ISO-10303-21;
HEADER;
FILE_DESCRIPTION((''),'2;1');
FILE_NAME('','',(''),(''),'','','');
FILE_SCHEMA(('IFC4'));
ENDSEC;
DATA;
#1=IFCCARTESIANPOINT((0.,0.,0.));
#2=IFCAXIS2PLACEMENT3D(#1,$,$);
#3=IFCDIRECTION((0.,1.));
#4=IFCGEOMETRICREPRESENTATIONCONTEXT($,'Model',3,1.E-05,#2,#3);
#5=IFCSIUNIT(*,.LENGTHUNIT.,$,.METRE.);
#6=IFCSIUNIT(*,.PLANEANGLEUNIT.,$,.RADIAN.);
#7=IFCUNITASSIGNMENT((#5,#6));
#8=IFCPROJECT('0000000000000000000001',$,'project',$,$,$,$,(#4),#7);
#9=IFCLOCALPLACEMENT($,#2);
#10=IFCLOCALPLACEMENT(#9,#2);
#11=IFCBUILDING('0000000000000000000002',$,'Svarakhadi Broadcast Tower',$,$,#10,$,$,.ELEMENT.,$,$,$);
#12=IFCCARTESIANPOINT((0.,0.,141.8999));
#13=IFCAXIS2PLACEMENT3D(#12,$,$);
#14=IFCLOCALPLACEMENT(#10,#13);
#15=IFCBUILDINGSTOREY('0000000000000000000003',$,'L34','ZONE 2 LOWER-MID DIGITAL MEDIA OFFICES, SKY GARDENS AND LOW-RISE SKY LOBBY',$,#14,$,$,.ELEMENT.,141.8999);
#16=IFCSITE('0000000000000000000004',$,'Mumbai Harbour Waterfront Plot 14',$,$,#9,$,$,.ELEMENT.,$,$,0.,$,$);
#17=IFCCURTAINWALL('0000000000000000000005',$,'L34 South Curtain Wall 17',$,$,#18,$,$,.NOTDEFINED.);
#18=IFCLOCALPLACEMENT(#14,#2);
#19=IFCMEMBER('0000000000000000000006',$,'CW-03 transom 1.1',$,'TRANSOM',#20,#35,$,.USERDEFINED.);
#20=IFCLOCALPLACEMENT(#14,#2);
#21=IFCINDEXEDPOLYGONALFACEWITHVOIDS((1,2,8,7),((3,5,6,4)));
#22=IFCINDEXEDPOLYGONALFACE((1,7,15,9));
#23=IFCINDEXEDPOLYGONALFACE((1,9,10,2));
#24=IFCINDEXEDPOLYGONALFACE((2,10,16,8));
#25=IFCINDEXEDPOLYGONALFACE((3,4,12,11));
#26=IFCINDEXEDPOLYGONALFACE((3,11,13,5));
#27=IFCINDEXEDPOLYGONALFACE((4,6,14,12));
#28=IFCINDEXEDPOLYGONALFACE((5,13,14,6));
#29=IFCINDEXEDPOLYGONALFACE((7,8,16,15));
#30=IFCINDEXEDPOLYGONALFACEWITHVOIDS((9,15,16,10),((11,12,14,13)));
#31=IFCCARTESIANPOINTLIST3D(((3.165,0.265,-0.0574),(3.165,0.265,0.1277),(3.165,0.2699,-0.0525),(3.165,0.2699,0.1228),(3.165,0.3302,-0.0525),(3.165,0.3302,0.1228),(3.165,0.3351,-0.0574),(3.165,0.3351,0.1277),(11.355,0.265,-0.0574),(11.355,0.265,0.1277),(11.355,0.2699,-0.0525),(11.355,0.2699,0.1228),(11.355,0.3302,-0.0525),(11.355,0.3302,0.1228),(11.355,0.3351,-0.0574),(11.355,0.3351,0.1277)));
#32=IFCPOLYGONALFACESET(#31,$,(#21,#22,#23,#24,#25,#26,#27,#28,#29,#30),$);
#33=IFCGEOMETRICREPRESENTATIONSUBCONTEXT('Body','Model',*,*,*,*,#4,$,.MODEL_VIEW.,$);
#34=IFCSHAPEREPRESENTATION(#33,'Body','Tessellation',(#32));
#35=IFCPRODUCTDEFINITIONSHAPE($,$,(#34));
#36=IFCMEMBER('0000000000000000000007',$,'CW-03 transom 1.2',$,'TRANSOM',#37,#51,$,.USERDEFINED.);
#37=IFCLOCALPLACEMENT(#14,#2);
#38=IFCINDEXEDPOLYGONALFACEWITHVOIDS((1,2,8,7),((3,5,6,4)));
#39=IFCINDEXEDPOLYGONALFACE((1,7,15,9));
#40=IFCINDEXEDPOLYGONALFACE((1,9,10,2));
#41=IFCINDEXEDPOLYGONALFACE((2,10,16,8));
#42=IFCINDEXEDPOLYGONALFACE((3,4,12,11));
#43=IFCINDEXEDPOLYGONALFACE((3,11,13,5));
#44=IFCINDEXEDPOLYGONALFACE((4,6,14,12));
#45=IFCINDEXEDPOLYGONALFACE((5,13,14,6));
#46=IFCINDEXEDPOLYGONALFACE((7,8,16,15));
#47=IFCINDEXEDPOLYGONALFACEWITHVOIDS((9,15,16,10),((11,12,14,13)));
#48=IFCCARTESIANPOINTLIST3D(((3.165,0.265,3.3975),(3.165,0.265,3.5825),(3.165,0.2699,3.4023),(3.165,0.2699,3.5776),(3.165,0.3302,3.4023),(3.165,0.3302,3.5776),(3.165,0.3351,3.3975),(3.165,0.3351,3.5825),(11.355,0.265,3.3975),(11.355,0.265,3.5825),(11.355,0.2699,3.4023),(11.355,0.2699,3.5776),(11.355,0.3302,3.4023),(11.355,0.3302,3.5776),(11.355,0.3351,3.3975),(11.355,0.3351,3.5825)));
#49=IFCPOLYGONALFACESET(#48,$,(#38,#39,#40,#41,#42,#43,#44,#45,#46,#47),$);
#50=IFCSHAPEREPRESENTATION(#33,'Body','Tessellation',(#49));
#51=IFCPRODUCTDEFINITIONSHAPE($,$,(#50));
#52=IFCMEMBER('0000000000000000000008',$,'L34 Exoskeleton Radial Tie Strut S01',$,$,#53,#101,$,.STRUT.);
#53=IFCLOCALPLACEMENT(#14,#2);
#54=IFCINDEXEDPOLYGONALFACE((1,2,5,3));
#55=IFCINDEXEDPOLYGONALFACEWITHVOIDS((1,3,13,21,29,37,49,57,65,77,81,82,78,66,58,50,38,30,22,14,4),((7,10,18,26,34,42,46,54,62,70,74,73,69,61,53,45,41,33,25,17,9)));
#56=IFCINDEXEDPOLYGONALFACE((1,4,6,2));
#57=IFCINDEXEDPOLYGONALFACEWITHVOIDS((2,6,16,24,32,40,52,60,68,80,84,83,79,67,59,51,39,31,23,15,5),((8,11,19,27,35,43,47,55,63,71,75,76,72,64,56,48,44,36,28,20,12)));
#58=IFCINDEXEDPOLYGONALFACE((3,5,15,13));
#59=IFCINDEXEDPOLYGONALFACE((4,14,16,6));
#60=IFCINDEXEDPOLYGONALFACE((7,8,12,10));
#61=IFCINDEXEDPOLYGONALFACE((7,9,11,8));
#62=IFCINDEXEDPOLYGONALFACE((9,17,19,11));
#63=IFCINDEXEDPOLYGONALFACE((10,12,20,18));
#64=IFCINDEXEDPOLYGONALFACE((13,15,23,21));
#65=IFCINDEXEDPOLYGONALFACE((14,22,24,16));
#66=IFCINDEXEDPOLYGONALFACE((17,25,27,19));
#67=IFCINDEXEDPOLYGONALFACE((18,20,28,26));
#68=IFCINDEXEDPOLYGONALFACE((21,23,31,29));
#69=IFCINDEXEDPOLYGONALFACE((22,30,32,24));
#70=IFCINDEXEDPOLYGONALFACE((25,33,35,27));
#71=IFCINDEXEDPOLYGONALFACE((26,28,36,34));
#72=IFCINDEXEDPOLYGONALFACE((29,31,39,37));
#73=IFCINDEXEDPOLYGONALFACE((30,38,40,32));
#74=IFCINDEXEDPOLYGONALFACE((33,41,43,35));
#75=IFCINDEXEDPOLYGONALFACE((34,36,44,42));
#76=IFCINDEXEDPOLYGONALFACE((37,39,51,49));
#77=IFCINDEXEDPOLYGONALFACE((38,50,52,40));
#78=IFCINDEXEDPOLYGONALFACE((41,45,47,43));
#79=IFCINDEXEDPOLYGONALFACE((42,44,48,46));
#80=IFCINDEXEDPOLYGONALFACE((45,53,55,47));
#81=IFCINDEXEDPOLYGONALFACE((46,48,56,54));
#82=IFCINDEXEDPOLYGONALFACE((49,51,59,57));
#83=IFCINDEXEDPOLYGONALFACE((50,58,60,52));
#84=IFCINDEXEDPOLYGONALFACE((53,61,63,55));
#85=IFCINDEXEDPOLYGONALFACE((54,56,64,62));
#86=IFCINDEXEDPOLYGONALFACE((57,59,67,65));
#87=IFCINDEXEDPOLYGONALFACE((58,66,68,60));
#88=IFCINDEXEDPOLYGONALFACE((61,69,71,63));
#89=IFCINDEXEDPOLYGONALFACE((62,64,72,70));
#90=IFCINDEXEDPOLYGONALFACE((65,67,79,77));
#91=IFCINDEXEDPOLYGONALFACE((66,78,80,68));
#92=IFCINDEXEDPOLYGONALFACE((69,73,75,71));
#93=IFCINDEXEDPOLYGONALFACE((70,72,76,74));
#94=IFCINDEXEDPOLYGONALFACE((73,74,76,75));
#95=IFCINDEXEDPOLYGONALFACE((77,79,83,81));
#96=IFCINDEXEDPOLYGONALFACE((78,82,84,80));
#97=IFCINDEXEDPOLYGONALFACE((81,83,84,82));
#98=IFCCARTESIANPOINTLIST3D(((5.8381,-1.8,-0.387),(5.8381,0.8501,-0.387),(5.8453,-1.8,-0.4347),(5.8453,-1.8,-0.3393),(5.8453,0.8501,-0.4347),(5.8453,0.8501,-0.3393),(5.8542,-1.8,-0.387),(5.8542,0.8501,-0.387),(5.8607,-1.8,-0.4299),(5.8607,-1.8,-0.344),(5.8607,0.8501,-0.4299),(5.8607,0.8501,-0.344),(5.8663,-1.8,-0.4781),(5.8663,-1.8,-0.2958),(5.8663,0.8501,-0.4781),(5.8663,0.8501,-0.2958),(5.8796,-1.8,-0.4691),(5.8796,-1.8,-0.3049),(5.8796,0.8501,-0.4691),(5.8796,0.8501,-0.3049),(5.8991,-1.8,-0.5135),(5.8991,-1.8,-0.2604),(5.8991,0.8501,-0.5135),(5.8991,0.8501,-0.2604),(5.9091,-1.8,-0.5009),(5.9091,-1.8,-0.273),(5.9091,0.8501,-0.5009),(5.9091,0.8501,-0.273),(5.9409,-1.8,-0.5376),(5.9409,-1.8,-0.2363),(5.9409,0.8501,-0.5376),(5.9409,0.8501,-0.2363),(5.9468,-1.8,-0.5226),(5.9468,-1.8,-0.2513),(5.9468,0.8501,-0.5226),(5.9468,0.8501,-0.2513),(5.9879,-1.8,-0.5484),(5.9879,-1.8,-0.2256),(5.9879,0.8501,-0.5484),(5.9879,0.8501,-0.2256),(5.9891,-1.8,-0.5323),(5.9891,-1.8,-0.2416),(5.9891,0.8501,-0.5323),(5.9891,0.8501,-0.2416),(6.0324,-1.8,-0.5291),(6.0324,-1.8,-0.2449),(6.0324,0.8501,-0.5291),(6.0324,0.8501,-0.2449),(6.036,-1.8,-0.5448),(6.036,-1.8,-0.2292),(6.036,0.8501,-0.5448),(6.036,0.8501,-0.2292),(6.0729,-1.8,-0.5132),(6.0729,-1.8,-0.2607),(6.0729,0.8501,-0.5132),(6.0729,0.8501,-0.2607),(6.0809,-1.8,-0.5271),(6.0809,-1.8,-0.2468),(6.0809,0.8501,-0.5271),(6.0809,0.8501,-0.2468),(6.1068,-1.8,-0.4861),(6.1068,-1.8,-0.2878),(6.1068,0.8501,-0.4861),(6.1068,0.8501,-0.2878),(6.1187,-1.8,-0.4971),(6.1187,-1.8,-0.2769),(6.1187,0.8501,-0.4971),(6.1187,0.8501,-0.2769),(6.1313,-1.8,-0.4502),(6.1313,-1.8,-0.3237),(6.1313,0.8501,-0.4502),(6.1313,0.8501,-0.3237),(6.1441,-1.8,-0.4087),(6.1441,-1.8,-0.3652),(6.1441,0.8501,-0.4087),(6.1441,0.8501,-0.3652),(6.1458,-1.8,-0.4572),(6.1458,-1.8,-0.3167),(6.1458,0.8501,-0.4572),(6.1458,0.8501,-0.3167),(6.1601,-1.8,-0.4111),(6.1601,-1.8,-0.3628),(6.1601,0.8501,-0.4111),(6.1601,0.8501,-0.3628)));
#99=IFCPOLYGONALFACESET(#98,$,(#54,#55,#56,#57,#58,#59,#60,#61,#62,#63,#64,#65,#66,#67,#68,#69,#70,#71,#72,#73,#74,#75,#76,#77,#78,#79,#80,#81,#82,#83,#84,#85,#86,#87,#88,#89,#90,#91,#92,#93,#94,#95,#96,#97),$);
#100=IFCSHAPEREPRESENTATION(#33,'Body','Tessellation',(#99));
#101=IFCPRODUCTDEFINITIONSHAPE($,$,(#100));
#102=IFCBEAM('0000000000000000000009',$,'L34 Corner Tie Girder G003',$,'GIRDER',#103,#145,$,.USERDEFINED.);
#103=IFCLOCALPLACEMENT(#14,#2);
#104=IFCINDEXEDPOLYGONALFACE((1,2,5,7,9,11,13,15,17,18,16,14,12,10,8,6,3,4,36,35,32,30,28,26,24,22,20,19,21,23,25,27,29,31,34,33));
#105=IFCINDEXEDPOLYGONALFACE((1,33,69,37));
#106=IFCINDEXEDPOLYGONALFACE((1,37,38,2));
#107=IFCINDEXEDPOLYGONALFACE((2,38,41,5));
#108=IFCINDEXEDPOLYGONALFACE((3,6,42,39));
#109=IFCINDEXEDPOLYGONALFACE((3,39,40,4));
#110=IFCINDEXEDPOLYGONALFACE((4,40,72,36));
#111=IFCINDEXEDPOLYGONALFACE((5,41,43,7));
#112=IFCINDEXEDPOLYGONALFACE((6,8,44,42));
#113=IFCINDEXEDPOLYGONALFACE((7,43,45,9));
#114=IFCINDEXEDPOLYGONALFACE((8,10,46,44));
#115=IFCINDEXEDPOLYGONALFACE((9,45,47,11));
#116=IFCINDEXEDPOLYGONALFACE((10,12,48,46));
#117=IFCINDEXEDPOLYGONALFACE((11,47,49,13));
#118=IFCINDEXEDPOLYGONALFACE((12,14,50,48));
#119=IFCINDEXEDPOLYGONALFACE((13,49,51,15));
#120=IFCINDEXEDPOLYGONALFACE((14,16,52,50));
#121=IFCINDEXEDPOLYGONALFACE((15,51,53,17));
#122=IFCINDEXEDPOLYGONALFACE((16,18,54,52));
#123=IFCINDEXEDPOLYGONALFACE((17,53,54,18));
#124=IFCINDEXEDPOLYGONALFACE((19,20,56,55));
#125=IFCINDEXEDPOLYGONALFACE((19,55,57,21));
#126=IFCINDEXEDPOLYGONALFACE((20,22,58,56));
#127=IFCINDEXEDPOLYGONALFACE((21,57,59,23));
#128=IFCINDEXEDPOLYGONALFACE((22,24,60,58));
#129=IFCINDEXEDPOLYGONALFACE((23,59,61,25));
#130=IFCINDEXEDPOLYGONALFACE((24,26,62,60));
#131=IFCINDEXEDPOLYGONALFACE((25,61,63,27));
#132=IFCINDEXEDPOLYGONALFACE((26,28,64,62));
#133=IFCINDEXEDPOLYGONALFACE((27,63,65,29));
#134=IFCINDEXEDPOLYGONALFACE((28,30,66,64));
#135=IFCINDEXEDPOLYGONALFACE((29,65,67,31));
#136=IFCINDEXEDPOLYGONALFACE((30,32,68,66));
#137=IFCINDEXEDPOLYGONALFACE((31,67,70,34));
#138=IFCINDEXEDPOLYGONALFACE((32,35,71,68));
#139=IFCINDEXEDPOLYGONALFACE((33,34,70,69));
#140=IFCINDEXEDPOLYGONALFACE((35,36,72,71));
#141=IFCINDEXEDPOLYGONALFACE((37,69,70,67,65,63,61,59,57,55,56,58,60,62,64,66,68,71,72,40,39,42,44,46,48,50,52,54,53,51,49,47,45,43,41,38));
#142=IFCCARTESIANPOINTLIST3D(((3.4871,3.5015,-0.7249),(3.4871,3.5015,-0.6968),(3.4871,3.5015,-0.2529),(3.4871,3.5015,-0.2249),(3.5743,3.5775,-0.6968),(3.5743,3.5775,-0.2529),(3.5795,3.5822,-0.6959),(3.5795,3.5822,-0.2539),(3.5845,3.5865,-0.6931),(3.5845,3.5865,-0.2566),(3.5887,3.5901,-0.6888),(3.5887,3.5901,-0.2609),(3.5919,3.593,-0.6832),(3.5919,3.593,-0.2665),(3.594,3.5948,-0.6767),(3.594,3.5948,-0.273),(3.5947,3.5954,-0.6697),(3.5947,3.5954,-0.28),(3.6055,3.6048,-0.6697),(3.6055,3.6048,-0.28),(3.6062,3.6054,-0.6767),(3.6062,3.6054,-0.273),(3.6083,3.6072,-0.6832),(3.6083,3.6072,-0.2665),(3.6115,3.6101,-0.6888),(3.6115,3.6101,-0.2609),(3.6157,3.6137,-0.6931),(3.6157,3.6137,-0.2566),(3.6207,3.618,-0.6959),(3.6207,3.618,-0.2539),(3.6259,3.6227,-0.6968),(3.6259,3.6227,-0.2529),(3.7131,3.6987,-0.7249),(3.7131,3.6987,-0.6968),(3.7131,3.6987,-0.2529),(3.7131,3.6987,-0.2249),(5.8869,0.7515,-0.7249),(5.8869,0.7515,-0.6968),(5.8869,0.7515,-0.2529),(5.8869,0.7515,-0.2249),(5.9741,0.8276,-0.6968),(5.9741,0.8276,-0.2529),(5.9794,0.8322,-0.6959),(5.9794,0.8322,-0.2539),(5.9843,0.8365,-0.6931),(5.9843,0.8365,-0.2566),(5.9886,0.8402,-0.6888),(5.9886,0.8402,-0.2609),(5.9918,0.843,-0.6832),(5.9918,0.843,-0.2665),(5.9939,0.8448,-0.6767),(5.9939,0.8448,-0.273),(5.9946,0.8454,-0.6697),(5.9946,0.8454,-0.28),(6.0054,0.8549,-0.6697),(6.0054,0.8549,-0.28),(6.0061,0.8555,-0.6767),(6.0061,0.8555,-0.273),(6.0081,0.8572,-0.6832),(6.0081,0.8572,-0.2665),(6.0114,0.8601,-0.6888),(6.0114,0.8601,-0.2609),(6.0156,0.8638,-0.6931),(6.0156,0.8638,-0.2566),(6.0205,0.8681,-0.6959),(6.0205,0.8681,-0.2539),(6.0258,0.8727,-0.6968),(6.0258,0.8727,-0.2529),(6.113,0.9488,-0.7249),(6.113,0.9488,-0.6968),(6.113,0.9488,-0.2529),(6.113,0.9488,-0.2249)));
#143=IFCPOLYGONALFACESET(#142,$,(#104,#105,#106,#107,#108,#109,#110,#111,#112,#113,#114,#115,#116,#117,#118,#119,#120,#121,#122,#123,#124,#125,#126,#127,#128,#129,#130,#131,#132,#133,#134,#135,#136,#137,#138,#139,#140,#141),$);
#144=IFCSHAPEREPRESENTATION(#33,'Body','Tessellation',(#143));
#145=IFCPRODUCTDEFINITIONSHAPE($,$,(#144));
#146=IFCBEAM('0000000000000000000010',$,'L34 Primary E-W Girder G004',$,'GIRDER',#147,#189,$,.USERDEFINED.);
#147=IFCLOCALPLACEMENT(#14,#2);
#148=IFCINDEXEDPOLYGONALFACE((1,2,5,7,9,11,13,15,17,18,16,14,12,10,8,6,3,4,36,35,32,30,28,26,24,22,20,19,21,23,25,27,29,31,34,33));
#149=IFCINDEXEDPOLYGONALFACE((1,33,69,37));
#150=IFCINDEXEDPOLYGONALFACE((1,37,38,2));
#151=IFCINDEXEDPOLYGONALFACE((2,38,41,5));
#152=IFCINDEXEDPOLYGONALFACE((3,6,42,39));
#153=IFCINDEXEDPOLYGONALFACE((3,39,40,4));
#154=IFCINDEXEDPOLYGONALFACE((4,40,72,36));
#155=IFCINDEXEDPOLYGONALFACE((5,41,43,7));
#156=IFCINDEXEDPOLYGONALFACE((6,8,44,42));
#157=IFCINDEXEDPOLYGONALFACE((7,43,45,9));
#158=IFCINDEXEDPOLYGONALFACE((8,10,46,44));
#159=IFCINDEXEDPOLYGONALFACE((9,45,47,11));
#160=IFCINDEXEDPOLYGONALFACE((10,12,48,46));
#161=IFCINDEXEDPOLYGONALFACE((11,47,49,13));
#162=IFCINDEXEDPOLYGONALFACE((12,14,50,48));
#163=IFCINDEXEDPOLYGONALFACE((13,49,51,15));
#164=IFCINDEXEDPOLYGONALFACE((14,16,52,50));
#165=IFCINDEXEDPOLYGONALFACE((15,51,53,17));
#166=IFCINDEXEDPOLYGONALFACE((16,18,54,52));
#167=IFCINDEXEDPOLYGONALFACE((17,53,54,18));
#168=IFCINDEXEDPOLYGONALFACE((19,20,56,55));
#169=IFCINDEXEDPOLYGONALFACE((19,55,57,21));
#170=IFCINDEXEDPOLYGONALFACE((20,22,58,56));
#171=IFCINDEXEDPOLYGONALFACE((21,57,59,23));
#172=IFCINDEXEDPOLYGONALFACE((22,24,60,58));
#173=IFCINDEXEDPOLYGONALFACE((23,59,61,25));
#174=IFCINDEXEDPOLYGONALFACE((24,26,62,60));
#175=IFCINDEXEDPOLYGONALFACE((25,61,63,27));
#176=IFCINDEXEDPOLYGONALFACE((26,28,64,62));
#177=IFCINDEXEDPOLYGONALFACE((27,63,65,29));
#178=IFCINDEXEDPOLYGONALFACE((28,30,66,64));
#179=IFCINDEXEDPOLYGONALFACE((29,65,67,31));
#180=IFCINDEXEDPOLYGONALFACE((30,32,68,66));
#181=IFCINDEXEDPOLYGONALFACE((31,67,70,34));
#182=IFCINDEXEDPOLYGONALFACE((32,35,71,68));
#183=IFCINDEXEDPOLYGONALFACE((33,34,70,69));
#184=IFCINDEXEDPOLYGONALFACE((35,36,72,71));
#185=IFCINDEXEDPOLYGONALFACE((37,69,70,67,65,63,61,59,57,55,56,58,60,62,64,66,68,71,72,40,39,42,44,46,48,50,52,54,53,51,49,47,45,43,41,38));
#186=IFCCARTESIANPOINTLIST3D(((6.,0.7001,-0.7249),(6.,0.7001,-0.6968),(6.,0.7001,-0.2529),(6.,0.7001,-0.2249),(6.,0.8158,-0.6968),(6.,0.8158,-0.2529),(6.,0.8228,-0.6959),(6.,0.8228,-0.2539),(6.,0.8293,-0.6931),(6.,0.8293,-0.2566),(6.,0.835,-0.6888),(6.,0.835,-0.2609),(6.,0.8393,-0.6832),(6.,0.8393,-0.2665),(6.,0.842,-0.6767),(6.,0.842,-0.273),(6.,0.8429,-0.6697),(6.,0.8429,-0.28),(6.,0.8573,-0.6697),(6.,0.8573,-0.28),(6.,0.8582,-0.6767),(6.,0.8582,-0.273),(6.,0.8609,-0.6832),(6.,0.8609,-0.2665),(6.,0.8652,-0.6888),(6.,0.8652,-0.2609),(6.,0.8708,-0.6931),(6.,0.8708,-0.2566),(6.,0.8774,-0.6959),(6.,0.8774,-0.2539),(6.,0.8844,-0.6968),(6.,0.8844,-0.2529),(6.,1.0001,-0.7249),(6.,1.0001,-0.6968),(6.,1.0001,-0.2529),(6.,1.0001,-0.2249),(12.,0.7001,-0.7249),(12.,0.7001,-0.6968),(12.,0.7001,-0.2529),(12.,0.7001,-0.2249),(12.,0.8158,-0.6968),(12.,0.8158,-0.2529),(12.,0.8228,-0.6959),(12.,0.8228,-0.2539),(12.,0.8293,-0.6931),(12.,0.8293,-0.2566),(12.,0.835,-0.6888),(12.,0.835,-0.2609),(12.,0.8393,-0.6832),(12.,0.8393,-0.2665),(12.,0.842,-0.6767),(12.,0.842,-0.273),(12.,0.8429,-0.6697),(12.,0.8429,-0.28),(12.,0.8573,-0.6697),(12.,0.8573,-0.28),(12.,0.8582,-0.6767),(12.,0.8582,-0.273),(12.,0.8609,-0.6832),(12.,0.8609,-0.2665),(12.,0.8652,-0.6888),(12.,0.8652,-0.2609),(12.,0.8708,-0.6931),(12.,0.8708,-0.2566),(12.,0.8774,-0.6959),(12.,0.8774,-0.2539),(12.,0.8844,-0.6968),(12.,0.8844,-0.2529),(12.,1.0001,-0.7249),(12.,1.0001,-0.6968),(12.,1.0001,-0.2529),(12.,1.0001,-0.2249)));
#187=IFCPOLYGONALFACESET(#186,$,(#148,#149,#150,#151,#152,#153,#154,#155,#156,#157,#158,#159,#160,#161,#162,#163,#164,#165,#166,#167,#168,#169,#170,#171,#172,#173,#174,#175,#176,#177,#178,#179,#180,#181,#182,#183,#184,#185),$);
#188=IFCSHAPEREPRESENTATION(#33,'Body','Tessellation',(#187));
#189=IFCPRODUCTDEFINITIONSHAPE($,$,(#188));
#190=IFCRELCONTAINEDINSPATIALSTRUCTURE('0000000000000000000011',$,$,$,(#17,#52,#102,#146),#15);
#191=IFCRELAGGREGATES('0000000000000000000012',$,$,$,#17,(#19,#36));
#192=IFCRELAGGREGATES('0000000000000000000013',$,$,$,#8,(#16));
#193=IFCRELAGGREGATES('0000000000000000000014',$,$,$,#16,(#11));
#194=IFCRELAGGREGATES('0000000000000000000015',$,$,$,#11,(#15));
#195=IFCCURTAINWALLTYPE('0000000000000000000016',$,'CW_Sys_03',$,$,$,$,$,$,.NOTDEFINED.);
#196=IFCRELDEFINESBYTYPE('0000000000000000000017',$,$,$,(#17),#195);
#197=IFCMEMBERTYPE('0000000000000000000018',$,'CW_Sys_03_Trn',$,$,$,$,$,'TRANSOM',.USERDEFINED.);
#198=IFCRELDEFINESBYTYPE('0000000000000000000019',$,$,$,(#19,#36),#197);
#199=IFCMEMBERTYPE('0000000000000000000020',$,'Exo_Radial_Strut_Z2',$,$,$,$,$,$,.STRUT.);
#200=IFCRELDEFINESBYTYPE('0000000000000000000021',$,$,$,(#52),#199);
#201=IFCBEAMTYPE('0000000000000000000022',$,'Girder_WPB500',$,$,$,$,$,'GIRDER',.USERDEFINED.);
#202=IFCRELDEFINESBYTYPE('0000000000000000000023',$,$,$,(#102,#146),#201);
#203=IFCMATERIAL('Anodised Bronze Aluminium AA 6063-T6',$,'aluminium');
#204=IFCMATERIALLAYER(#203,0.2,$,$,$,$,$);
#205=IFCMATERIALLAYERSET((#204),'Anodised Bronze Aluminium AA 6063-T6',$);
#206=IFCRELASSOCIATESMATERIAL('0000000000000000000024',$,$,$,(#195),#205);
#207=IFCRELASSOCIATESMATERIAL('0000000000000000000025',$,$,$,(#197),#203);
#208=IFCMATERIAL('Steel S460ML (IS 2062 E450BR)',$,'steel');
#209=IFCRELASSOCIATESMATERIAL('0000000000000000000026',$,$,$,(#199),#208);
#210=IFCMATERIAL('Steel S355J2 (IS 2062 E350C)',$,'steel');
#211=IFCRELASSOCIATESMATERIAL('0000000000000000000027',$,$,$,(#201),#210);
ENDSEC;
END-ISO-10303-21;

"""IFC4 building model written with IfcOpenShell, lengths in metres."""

from ifc_helpers import new_model, si_unit, direction, frame, origin, origin_2d, place, context, subcontext, project, spatial, hollow_rectangle, hollow_circle, i_section, extrude, material, layer, layer_set, material_profile, profile_set, type_object, element, aggregate, save


model = new_model("IFC4")

# Units and contexts
model_context = context("Model", 3, precision=1e-05, world=origin(), true_north=direction((0.0, 1.0)))
body_context = subcontext(model_context, "Body", "Model", "MODEL_VIEW")
ifc_project = project(units=[si_unit("LENGTHUNIT", "METRE"), si_unit("PLANEANGLEUNIT", "RADIAN")], contexts=[model_context])

# Site, building, storey
site_placement = place(None, origin())
site = spatial("IfcSite", under=ifc_project, at=site_placement, Name="Mumbai Harbour Waterfront Plot 14", CompositionType="ELEMENT", RefElevation=0.0)
building_placement = place(site_placement, origin())
building = spatial("IfcBuilding", under=site, at=building_placement, Name="Svarakhadi Broadcast Tower", CompositionType="ELEMENT")
storey_placement = place(building_placement, frame((0.0, 0.0, 141.8999)))
storey = spatial("IfcBuildingStorey", under=building, at=storey_placement, Name="L34", Description="ZONE 2 LOWER-MID DIGITAL MEDIA OFFICES, SKY GARDENS AND LOW-RISE SKY LOBBY", CompositionType="ELEMENT", Elevation=141.8999)

# Shared definitions
ifc_material_1 = material(Name="Steel S460ML (IS 2062 E450BR)", Category="steel")

# Shared definitions
ifc_material_2 = material(Name="Steel S355J2 (IS 2062 E350C)", Category="steel")

# Curtain wall, members
ifc_material_3 = material(Name="Anodised Bronze Aluminium AA 6063-T6", Category="aluminium")
ifc_layer_1 = layer(ifc_material_3, 0.2)
ifc_layer_set_1 = layer_set([ifc_layer_1], Name="Anodised Bronze Aluminium AA 6063-T6")
curtain_wall_type = type_object("IfcCurtainWallType", Name="CW_Sys_03", PredefinedType="NOTDEFINED", material=ifc_layer_set_1)
curtain_wall_placement = place(storey_placement, origin())
curtain_wall = element("IfcCurtainWall", 1, at=curtain_wall_placement, inside=storey, type_object=curtain_wall_type, Name="L34 South Curtain Wall 17", PredefinedType="NOTDEFINED")
ifc_material_profile_1 = material_profile(ifc_material_3, hollow_rectangle(XDim=0.0701, YDim=0.1851, WallThickness=0.0049, at=origin_2d()), Name="ALU TRANSOM 185x70x5")
ifc_profile_set_1 = profile_set([ifc_material_profile_1], Name="Anodised Bronze Aluminium AA 6063-T6")
member_type_1 = type_object("IfcMemberType", Name="CW_Sys_03_Trn", ElementType="TRANSOM", PredefinedType="USERDEFINED", material=ifc_profile_set_1)
member_1_placement = place(storey_placement, frame((11.355, 0.3, 0.0352), z_axis=(-1.0, 0.0, 0.0), x_axis=(0.0, -1.0, 0.0)))
member_1 = element("IfcMember", 2, at=member_1_placement, type_object=member_type_1, Name="CW-03 transom 1.1", ObjectType="TRANSOM", PredefinedType="USERDEFINED", context=body_context, shape_type="SweptSolid", body=[
    extrude(hollow_rectangle(XDim=0.0701, YDim=0.1851, WallThickness=0.0049, at=origin_2d()), origin(), (0.0, 0.0, 1.0), 8.1899),
])
member_2_placement = place(storey_placement, frame((11.355, 0.3, 3.49), z_axis=(-1.0, 0.0, 0.0), x_axis=(0.0, -1.0, 0.0)))
member_2 = element("IfcMember", 3, at=member_2_placement, type_object=member_type_1, Name="CW-03 transom 1.2", ObjectType="TRANSOM", PredefinedType="USERDEFINED", context=body_context, shape_type="SweptSolid", body=[
    extrude(hollow_rectangle(XDim=0.0701, YDim=0.1851, WallThickness=0.0049, at=origin_2d()), origin(), (0.0, 0.0, 1.0), 8.1899),
])

# Member
ifc_material_profile_2 = material_profile(ifc_material_1, hollow_circle(Radius=0.1619, WallThickness=0.0161, at=origin_2d()), Name="CHS 323.9x16")
ifc_profile_set_2 = profile_set([ifc_material_profile_2], Name="Steel S460ML (IS 2062 E450BR)")
member_type_2 = type_object("IfcMemberType", Name="Exo_Radial_Strut_Z2", PredefinedType="STRUT", material=ifc_profile_set_2)
member_3_placement = place(storey_placement, frame((6.0, -1.8, -0.387), z_axis=(0.0, 1.0, 0.0), x_axis=(-1.0, 0.0, 0.0)))
element("IfcMember", 4, at=member_3_placement, inside=storey, type_object=member_type_2, Name="L34 Exoskeleton Radial Tie Strut S01", PredefinedType="STRUT", context=body_context, shape_type="SweptSolid", body=[
    extrude(hollow_circle(Radius=0.1619, WallThickness=0.0161, at=origin_2d()), origin(), (0.0, 0.0, 1.0), 2.6501),
])

# Beams
ifc_material_profile_3 = material_profile(ifc_material_2, i_section(OverallWidth=0.3, OverallDepth=0.5, WebThickness=0.0144, FlangeThickness=0.0281, FilletRadius=0.0271, at=origin_2d()), Name="WPB 500x300x187")
ifc_profile_set_3 = profile_set([ifc_material_profile_3], Name="Steel S355J2 (IS 2062 E350C)")
beam_type_1 = type_object("IfcBeamType", Name="Girder_WPB500", ElementType="GIRDER", PredefinedType="USERDEFINED", material=ifc_profile_set_3)
beam_1_placement = place(storey_placement, frame((3.6001, 3.6001, -0.4749), z_axis=(0.657519, -0.753438, 0.0), x_axis=(0.753438, 0.657519, 0.0)))
element("IfcBeam", 5, at=beam_1_placement, inside=storey, type_object=beam_type_1, Name="L34 Corner Tie Girder G003", ObjectType="GIRDER", PredefinedType="USERDEFINED", context=body_context, shape_type="SweptSolid", body=[
    extrude(i_section(OverallWidth=0.3, OverallDepth=0.5, WebThickness=0.0144, FlangeThickness=0.0281, FilletRadius=0.0271, at=origin_2d()), origin(), (0.0, 0.0, 1.0), 3.6499),
])
for number, where, z_axis, x_axis, name in (
    (6, (6.0, 0.8501, -0.4749), (1.0, 0.0, 0.0), (0.0, 1.0, 0.0), "L34 Primary E-W Girder G004"),
):
    element("IfcBeam", number, at=place(storey_placement, frame(where, z_axis=z_axis, x_axis=x_axis)), inside=storey, type_object=beam_type_1, Name=name, ObjectType="GIRDER", PredefinedType="USERDEFINED", context=body_context, shape_type="SweptSolid", body=[
        extrude(i_section(OverallWidth=0.3, OverallDepth=0.5, WebThickness=0.0144, FlangeThickness=0.0281, FilletRadius=0.0271, at=origin_2d()), origin(), (0.0, 0.0, 1.0), 6.0),
    ])

aggregate(curtain_wall, [member_1, member_2])

save(model, "model.ifc")
